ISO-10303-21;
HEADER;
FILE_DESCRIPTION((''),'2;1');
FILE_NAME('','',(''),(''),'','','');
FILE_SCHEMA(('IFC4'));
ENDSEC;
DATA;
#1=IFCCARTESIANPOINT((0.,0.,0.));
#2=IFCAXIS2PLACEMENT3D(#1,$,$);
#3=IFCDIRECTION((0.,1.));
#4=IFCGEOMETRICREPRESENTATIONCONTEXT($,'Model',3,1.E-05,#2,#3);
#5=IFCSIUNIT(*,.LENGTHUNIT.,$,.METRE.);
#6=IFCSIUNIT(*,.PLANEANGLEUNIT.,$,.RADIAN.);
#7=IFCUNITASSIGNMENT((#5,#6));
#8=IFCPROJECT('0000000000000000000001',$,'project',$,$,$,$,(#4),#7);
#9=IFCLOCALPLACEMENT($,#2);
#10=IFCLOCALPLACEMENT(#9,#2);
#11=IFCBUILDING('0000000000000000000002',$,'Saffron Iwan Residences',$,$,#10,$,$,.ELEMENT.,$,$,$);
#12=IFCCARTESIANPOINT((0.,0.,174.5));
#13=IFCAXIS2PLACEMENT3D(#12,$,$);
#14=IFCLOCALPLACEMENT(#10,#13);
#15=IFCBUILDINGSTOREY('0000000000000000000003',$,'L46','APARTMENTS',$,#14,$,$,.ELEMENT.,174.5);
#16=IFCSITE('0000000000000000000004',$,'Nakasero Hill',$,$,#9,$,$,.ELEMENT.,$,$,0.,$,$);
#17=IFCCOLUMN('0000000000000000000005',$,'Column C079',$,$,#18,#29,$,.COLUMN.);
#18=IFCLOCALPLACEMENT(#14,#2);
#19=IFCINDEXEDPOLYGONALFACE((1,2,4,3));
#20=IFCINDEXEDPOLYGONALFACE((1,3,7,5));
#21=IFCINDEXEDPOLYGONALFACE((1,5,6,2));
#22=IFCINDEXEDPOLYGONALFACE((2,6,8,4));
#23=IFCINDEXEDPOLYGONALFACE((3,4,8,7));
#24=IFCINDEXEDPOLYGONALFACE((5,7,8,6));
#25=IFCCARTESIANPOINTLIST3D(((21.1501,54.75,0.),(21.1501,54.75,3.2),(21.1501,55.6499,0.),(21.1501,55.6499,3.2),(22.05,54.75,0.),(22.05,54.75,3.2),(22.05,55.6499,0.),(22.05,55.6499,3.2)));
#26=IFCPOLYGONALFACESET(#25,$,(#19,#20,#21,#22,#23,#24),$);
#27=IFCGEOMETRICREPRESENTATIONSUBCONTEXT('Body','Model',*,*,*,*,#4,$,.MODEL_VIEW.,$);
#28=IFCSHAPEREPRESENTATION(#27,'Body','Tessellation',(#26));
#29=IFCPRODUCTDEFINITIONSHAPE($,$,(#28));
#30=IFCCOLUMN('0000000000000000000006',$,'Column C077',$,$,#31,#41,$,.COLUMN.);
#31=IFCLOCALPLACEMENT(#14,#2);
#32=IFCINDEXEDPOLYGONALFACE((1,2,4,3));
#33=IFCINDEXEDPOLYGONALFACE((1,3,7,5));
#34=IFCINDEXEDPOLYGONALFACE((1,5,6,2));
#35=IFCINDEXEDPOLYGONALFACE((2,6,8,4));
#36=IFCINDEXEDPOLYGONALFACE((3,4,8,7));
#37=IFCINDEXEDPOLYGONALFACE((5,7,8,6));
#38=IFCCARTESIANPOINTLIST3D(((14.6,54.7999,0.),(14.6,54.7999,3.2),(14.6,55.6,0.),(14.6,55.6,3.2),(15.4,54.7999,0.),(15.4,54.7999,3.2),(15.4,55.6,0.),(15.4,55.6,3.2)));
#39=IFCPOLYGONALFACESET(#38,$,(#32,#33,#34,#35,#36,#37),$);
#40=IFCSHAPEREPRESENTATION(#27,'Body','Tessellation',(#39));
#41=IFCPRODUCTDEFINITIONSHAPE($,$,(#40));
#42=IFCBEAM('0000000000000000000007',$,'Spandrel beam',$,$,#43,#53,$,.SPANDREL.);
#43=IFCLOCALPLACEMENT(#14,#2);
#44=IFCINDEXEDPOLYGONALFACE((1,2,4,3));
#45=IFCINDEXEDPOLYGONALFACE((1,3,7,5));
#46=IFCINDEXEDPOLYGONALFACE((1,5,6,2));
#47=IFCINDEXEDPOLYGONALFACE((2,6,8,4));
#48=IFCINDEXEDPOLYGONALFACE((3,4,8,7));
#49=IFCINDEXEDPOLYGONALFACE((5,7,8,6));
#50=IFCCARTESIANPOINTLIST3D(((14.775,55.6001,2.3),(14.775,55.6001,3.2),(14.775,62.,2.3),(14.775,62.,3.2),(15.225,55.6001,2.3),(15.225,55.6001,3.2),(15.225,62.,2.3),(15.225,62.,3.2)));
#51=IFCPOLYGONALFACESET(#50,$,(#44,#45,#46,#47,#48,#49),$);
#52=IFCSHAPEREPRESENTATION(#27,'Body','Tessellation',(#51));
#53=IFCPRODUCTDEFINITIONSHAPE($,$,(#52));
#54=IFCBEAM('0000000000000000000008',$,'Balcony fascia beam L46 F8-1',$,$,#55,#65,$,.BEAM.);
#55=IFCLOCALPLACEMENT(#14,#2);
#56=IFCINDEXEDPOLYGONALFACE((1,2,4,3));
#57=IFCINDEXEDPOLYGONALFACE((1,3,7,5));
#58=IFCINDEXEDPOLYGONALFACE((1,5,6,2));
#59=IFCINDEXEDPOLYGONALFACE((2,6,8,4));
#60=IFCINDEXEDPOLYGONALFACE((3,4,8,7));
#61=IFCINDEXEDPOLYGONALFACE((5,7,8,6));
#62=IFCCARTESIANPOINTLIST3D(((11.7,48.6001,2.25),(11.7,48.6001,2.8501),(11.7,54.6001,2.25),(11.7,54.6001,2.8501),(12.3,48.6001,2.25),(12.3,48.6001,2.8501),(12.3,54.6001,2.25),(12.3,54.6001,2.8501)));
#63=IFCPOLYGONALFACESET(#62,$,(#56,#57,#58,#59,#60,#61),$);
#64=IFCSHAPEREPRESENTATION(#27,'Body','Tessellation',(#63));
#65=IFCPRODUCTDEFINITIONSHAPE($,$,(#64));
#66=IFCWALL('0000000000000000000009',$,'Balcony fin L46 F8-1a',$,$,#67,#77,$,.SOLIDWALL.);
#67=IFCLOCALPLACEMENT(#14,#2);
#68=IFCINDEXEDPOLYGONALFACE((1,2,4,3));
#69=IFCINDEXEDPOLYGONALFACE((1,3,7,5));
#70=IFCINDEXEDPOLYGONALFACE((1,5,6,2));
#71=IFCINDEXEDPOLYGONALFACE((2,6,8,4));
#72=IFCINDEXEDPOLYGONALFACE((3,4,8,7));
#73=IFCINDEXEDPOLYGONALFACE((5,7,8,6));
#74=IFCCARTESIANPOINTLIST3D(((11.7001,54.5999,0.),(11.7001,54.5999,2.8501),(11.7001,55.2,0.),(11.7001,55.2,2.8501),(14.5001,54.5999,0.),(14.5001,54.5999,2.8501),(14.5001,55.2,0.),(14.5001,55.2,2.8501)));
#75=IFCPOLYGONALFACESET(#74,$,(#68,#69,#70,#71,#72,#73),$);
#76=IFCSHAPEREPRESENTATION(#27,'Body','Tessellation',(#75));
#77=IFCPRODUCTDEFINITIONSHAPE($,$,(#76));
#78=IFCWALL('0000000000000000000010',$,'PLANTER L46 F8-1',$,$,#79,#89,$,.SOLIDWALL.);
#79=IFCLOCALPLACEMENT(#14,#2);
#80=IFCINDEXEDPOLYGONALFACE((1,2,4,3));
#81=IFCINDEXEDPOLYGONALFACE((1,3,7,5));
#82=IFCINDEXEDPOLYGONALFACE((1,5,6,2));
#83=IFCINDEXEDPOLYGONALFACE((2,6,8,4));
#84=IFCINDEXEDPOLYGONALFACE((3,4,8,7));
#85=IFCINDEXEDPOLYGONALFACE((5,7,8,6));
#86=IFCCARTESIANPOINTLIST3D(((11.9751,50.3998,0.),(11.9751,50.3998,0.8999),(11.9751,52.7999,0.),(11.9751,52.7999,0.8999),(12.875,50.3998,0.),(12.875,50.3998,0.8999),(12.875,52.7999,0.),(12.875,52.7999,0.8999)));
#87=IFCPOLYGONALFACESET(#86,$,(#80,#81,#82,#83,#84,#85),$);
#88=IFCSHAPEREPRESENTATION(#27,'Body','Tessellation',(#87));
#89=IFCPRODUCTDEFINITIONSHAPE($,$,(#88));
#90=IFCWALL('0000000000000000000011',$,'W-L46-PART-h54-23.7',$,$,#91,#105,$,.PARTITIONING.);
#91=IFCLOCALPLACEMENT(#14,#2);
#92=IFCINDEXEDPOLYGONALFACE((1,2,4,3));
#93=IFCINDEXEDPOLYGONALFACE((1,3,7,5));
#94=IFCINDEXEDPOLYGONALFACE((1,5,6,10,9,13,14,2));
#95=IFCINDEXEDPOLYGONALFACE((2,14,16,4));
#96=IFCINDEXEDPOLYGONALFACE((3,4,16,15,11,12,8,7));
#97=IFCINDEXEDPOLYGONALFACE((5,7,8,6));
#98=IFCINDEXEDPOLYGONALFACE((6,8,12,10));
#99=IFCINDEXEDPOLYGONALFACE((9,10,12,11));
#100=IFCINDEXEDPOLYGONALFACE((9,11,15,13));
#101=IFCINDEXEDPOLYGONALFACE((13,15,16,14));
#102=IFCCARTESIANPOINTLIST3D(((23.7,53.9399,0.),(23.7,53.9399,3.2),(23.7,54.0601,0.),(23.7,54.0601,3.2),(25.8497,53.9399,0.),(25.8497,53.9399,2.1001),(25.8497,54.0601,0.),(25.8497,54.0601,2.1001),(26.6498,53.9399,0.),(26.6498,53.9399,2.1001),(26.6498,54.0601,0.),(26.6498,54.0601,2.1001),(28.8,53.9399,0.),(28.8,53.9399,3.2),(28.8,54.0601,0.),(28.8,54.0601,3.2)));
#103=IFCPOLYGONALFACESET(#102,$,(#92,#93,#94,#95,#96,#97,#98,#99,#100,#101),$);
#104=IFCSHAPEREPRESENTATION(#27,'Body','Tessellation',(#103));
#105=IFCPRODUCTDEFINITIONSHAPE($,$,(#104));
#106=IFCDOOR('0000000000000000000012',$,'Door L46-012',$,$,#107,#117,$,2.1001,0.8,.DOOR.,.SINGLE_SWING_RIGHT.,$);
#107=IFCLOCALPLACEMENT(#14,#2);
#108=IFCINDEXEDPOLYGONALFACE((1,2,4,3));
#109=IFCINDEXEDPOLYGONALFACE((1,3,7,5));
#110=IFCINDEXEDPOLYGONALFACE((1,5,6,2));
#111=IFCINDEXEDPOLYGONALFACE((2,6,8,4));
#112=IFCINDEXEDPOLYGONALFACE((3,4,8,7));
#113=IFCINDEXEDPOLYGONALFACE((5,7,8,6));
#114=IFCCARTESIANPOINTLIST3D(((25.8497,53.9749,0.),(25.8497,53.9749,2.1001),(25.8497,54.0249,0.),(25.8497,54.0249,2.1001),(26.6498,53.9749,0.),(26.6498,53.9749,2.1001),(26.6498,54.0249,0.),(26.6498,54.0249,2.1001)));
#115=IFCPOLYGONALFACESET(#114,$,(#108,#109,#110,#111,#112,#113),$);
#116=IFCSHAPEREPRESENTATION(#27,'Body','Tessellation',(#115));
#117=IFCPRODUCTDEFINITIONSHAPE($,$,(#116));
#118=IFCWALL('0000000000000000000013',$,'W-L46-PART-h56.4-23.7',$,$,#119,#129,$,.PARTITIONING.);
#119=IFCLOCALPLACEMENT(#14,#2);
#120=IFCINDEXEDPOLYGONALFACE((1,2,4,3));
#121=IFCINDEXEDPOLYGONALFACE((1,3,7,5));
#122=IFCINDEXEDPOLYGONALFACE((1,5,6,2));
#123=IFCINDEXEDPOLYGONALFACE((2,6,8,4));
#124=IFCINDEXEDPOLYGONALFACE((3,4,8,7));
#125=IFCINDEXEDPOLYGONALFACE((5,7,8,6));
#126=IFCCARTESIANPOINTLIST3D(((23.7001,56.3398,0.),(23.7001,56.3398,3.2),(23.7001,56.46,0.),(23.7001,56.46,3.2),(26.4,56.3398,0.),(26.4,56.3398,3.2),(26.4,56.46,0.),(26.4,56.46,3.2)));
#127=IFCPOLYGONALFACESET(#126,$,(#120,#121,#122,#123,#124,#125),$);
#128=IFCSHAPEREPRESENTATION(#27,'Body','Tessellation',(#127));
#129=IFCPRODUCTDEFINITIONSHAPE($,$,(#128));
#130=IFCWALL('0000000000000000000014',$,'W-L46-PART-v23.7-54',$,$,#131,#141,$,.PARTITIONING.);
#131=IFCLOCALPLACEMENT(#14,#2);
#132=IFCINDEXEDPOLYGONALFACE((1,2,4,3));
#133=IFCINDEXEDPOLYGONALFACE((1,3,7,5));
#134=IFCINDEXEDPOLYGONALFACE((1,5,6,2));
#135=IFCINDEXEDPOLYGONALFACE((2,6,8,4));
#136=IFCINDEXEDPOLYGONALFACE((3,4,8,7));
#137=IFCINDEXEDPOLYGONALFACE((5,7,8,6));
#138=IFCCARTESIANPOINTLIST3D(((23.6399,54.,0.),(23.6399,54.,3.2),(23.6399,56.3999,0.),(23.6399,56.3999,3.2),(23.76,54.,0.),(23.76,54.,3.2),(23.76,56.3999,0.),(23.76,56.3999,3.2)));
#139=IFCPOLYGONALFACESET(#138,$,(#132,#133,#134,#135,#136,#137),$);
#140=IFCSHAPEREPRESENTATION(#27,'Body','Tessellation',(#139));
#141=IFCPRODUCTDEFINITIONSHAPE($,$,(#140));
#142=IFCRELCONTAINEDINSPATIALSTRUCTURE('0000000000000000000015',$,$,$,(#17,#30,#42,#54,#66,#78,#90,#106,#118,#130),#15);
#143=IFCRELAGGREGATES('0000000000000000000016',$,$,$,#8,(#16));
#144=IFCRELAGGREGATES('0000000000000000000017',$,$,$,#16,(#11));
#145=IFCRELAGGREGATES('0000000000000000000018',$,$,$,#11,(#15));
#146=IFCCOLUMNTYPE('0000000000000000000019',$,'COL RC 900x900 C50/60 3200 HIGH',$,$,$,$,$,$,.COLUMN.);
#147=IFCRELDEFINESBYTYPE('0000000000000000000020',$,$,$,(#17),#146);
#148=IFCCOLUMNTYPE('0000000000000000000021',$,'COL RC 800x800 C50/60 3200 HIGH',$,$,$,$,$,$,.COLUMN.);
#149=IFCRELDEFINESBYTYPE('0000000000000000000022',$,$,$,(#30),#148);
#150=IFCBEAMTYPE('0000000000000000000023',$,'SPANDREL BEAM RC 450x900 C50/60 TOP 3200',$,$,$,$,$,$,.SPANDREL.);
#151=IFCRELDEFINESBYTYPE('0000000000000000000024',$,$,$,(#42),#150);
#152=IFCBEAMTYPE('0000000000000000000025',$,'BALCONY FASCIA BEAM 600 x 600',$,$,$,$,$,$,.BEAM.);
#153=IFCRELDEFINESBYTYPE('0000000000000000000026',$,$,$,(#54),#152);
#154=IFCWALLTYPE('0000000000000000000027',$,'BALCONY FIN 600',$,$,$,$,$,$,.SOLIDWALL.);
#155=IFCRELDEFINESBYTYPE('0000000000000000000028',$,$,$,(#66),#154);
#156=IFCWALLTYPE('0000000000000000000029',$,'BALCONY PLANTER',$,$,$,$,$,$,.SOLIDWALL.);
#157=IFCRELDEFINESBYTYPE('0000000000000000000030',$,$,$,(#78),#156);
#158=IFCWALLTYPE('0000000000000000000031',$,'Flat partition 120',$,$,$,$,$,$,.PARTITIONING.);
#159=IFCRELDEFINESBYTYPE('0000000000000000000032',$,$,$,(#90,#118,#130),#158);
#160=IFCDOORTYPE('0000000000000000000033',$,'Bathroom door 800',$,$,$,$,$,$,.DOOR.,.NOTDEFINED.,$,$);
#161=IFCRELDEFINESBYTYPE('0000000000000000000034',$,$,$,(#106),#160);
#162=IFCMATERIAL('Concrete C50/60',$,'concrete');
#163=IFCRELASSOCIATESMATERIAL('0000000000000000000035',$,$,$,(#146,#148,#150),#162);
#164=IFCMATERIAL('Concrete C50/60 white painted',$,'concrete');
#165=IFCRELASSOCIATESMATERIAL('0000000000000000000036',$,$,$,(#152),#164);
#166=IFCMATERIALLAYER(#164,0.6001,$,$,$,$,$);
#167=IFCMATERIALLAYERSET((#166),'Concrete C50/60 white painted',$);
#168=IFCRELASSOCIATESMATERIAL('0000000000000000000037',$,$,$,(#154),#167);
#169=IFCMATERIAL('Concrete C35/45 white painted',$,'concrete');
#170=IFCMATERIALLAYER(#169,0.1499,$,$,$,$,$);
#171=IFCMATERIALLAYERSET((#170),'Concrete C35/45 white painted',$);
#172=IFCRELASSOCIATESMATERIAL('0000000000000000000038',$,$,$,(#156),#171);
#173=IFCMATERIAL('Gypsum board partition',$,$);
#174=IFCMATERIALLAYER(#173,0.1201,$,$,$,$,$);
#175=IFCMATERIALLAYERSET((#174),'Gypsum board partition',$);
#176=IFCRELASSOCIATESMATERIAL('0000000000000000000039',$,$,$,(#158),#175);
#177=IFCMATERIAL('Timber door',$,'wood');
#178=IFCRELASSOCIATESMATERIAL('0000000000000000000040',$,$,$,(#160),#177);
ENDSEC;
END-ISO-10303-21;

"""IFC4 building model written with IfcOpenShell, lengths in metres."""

from ifc_helpers import new_model, si_unit, direction, frame, frame_2d, origin, origin_2d, place, context, subcontext, project, spatial, rectangle, extrude, source, transform, mapped, material, layer, layer_set, material_profile, profile_set, type_object, element, fill, save


model = new_model("IFC4")

# Units and contexts
model_context = context("Model", 3, precision=1e-05, world=origin(), true_north=direction((0.0, 1.0)))
body_context = subcontext(model_context, "Body", "Model", "MODEL_VIEW")
ifc_project = project(units=[si_unit("LENGTHUNIT", "METRE"), si_unit("PLANEANGLEUNIT", "RADIAN")], contexts=[model_context])

# Site, building, storey
site_placement = place(None, origin())
site = spatial("IfcSite", under=ifc_project, at=site_placement, Name="Nakasero Hill", CompositionType="ELEMENT", RefElevation=0.0)
building_placement = place(site_placement, origin())
building = spatial("IfcBuilding", under=site, at=building_placement, Name="Saffron Iwan Residences", CompositionType="ELEMENT")
storey_placement = place(building_placement, frame((0.0, 0.0, 174.5)))
storey = spatial("IfcBuildingStorey", under=building, at=storey_placement, Name="L46", Description="APARTMENTS", CompositionType="ELEMENT", Elevation=174.5)

# Columns
ifc_material_1 = material(Name="Concrete C50/60", Category="concrete")
ifc_material_profile_1 = material_profile(ifc_material_1, rectangle(XDim=0.8999, YDim=0.8999, at=origin_2d()), Name="RC 900x900")
ifc_profile_set_1 = profile_set([ifc_material_profile_1], Name="Concrete C50/60")
column_type_1 = type_object("IfcColumnType", Name="COL RC 900x900 C50/60 3200 HIGH", PredefinedType="COLUMN", material=ifc_profile_set_1)
shared_shape_1 = source(origin(), body_context, "Body", "SweptSolid", [
    extrude(rectangle(XDim=0.8999, YDim=0.8999, at=origin_2d()), origin(), (0.0, 0.0, 1.0), 3.2),
])
column_1_placement = place(storey_placement, frame((21.6001, 55.2, 0.0), z_axis=(0.0, 0.0, 1.0), x_axis=(1.0, 0.0, 0.0)))
element("IfcColumn", 1, at=column_1_placement, inside=storey, type_object=column_type_1, Name="Column C079", PredefinedType="COLUMN", context=body_context, shape_type="MappedRepresentation", body=[
    mapped(shared_shape_1, transform((0.0, 0.0, 0.0))),
])
ifc_material_profile_2 = material_profile(ifc_material_1, rectangle(XDim=0.8, YDim=0.8, at=origin_2d()), Name="RC 800x800")
ifc_profile_set_2 = profile_set([ifc_material_profile_2], Name="Concrete C50/60")
column_type_2 = type_object("IfcColumnType", Name="COL RC 800x800 C50/60 3200 HIGH", PredefinedType="COLUMN", material=ifc_profile_set_2)
shared_shape_2 = source(origin(), body_context, "Body", "SweptSolid", [
    extrude(rectangle(XDim=0.8, YDim=0.8, at=origin_2d()), origin(), (0.0, 0.0, 1.0), 3.2),
])
column_2_placement = place(storey_placement, frame((15.0, 55.2, 0.0), z_axis=(0.0, 0.0, 1.0), x_axis=(1.0, 0.0, 0.0)))
element("IfcColumn", 2, at=column_2_placement, inside=storey, type_object=column_type_2, Name="Column C077", PredefinedType="COLUMN", context=body_context, shape_type="MappedRepresentation", body=[
    mapped(shared_shape_2, transform((0.0, 0.0, 0.0))),
])

# Beams
ifc_material_profile_3 = material_profile(ifc_material_1, rectangle(XDim=0.45, YDim=0.8999, at=origin_2d()), Name="RC 450x900")
ifc_profile_set_3 = profile_set([ifc_material_profile_3], Name="Concrete C50/60")
beam_type_1 = type_object("IfcBeamType", Name="SPANDREL BEAM RC 450x900 C50/60 TOP 3200", PredefinedType="SPANDREL", material=ifc_profile_set_3)
shared_shape_3 = source(origin(), body_context, "Body", "SweptSolid", [
    extrude(rectangle(XDim=0.45, YDim=0.8999, at=origin_2d()), origin(), (0.0, 0.0, 1.0), 6.3999),
])
beam_1_placement = place(storey_placement, frame((15.0, 55.6001, 2.75), z_axis=(0.0, 1.0, 0.0), x_axis=(-1.0, 0.0, 0.0)))
element("IfcBeam", 3, at=beam_1_placement, inside=storey, type_object=beam_type_1, Name="Spandrel beam", PredefinedType="SPANDREL", context=body_context, shape_type="MappedRepresentation", body=[
    mapped(shared_shape_3, transform((0.0, 0.0, 0.0))),
])
ifc_material_2 = material(Name="Concrete C50/60 white painted", Category="concrete")
ifc_material_profile_4 = material_profile(ifc_material_2, rectangle(XDim=0.6001, YDim=0.6001, at=origin_2d()), Name="BALCONY FASCIA BEAM 600 x 600")
ifc_profile_set_4 = profile_set([ifc_material_profile_4], Name="Concrete C50/60 white painted")
beam_type_2 = type_object("IfcBeamType", Name="BALCONY FASCIA BEAM 600 x 600", PredefinedType="BEAM", material=ifc_profile_set_4)
shared_shape_4 = source(origin(), body_context, "Body", "SweptSolid", [
    extrude(rectangle(XDim=0.6001, YDim=0.6001, at=origin_2d()), origin(), (0.0, 0.0, 1.0), 6.0),
])
beam_2_placement = place(storey_placement, frame((12.0, 54.6001, 2.55), z_axis=(0.0, -1.0, 0.0), x_axis=(1.0, 0.0, 0.0)))
element("IfcBeam", 4, at=beam_2_placement, inside=storey, type_object=beam_type_2, Name="Balcony fascia beam L46 F8-1", PredefinedType="BEAM", context=body_context, shape_type="MappedRepresentation", body=[
    mapped(shared_shape_4, transform((0.0, 0.0, 0.0))),
])

# Walls
ifc_layer_1 = layer(ifc_material_2, 0.6001)
ifc_layer_set_1 = layer_set([ifc_layer_1], Name="Concrete C50/60 white painted")
wall_type_1 = type_object("IfcWallType", Name="BALCONY FIN 600", PredefinedType="SOLIDWALL", material=ifc_layer_set_1)
wall_1_placement = place(storey_placement, frame((14.5, 54.8999, 0.0), z_axis=(0.0, 0.0, 1.0), x_axis=(-1.0, 0.0, 0.0)))
element("IfcWall", 5, at=wall_1_placement, inside=storey, type_object=wall_type_1, Name="Balcony fin L46 F8-1a", PredefinedType="SOLIDWALL", context=body_context, shape_type="SweptSolid", body=[
    extrude(rectangle(XDim=2.8, YDim=0.6001, at=frame_2d((1.3999, 0.0))), origin(), (0.0, 0.0, 1.0), 2.8501),
])
ifc_material_3 = material(Name="Concrete C35/45 white painted", Category="concrete")
ifc_layer_2 = layer(ifc_material_3, 0.1499)
ifc_layer_set_2 = layer_set([ifc_layer_2], Name="Concrete C35/45 white painted")
wall_type_2 = type_object("IfcWallType", Name="BALCONY PLANTER", PredefinedType="SOLIDWALL", material=ifc_layer_set_2)
wall_2_placement = place(storey_placement, frame((12.425, 52.8, 0.0), z_axis=(0.0, 0.0, 1.0), x_axis=(0.0, -1.0, 0.0)))
element("IfcWall", 6, at=wall_2_placement, inside=storey, type_object=wall_type_2, Name="PLANTER L46 F8-1", PredefinedType="SOLIDWALL", context=body_context, shape_type="SweptSolid", body=[
    extrude(rectangle(XDim=2.4001, YDim=0.8999, at=frame_2d((1.2002, 0.0))), origin(), (0.0, 0.0, 1.0), 0.8999),
])

# Wall, opening, door
ifc_material_4 = material(Name="Gypsum board partition")
ifc_layer_3 = layer(ifc_material_4, 0.1201)
ifc_layer_set_3 = layer_set([ifc_layer_3], Name="Gypsum board partition")
wall_type_3 = type_object("IfcWallType", Name="Flat partition 120", PredefinedType="PARTITIONING", material=ifc_layer_set_3)
wall_3_placement = place(storey_placement, frame((23.7, 54.0, 0.0), z_axis=(0.0, 0.0, 1.0), x_axis=(1.0, 0.0, 0.0)))
wall_3 = element("IfcWall", 7, at=wall_3_placement, inside=storey, type_object=wall_type_3, Name="W-L46-PART-h54-23.7", PredefinedType="PARTITIONING", context=body_context, shape_type="SweptSolid", body=[
    extrude(rectangle(XDim=5.1001, YDim=0.1201, at=frame_2d((2.55, 0.0))), origin(), (0.0, 0.0, 1.0), 3.2),
])
opening_1_placement = place(wall_3_placement, frame((2.1499, 0.0, 0.0)))
opening_1 = element("IfcOpeningElement", 8, at=opening_1_placement, cuts=wall_3, PredefinedType="OPENING", context=body_context, shape_type="SweptSolid", body=[
    extrude(rectangle(XDim=0.8, YDim=2.1001, at=frame_2d((0.3999, 1.05))), frame((0.0, 0.0701, 0.0), z_axis=(0.0, -1.0, 0.0), x_axis=(1.0, 0.0, 0.0)), (0.0, 0.0, 1.0), 0.1401),
])
ifc_material_5 = material(Name="Timber door", Category="wood")
door_type_1 = type_object("IfcDoorType", Name="Bathroom door 800", OperationType="NOTDEFINED", PredefinedType="DOOR", material=ifc_material_5)
door_1_placement = place(opening_1_placement, origin())
door_1 = element("IfcDoor", 9, at=door_1_placement, inside=storey, type_object=door_type_1, Name="Door L46-012", OperationType="SINGLE_SWING_RIGHT", OverallHeight=2.1001, OverallWidth=0.8, PredefinedType="DOOR", context=body_context, shape_type="SweptSolid", body=[
    extrude(rectangle(XDim=0.8, YDim=2.1001, at=frame_2d((0.3999, 1.05))), frame((0.0, 0.0249, 0.0), z_axis=(0.0, -1.0, 0.0), x_axis=(1.0, 0.0, 0.0)), (0.0, 0.0, 1.0), 0.05),
])
fill(opening_1, door_1)

# Walls
wall_4_placement = place(storey_placement, frame((23.7, 56.3999, 0.0), z_axis=(0.0, 0.0, 1.0), x_axis=(1.0, 0.0, 0.0)))
element("IfcWall", 10, at=wall_4_placement, inside=storey, type_object=wall_type_3, Name="W-L46-PART-h56.4-23.7", PredefinedType="PARTITIONING", context=body_context, shape_type="SweptSolid", body=[
    extrude(rectangle(XDim=2.7, YDim=0.1201, at=frame_2d((1.3501, 0.0))), origin(), (0.0, 0.0, 1.0), 3.2),
])
wall_5_placement = place(storey_placement, frame((23.7, 54.0, 0.0), z_axis=(0.0, 0.0, 1.0), x_axis=(0.0, 1.0, 0.0)))
element("IfcWall", 11, at=wall_5_placement, inside=storey, type_object=wall_type_3, Name="W-L46-PART-v23.7-54", PredefinedType="PARTITIONING", context=body_context, shape_type="SweptSolid", body=[
    extrude(rectangle(XDim=2.3999, YDim=0.1201, at=frame_2d((1.2, 0.0))), origin(), (0.0, 0.0, 1.0), 3.2),
])

save(model, "model.ifc")
